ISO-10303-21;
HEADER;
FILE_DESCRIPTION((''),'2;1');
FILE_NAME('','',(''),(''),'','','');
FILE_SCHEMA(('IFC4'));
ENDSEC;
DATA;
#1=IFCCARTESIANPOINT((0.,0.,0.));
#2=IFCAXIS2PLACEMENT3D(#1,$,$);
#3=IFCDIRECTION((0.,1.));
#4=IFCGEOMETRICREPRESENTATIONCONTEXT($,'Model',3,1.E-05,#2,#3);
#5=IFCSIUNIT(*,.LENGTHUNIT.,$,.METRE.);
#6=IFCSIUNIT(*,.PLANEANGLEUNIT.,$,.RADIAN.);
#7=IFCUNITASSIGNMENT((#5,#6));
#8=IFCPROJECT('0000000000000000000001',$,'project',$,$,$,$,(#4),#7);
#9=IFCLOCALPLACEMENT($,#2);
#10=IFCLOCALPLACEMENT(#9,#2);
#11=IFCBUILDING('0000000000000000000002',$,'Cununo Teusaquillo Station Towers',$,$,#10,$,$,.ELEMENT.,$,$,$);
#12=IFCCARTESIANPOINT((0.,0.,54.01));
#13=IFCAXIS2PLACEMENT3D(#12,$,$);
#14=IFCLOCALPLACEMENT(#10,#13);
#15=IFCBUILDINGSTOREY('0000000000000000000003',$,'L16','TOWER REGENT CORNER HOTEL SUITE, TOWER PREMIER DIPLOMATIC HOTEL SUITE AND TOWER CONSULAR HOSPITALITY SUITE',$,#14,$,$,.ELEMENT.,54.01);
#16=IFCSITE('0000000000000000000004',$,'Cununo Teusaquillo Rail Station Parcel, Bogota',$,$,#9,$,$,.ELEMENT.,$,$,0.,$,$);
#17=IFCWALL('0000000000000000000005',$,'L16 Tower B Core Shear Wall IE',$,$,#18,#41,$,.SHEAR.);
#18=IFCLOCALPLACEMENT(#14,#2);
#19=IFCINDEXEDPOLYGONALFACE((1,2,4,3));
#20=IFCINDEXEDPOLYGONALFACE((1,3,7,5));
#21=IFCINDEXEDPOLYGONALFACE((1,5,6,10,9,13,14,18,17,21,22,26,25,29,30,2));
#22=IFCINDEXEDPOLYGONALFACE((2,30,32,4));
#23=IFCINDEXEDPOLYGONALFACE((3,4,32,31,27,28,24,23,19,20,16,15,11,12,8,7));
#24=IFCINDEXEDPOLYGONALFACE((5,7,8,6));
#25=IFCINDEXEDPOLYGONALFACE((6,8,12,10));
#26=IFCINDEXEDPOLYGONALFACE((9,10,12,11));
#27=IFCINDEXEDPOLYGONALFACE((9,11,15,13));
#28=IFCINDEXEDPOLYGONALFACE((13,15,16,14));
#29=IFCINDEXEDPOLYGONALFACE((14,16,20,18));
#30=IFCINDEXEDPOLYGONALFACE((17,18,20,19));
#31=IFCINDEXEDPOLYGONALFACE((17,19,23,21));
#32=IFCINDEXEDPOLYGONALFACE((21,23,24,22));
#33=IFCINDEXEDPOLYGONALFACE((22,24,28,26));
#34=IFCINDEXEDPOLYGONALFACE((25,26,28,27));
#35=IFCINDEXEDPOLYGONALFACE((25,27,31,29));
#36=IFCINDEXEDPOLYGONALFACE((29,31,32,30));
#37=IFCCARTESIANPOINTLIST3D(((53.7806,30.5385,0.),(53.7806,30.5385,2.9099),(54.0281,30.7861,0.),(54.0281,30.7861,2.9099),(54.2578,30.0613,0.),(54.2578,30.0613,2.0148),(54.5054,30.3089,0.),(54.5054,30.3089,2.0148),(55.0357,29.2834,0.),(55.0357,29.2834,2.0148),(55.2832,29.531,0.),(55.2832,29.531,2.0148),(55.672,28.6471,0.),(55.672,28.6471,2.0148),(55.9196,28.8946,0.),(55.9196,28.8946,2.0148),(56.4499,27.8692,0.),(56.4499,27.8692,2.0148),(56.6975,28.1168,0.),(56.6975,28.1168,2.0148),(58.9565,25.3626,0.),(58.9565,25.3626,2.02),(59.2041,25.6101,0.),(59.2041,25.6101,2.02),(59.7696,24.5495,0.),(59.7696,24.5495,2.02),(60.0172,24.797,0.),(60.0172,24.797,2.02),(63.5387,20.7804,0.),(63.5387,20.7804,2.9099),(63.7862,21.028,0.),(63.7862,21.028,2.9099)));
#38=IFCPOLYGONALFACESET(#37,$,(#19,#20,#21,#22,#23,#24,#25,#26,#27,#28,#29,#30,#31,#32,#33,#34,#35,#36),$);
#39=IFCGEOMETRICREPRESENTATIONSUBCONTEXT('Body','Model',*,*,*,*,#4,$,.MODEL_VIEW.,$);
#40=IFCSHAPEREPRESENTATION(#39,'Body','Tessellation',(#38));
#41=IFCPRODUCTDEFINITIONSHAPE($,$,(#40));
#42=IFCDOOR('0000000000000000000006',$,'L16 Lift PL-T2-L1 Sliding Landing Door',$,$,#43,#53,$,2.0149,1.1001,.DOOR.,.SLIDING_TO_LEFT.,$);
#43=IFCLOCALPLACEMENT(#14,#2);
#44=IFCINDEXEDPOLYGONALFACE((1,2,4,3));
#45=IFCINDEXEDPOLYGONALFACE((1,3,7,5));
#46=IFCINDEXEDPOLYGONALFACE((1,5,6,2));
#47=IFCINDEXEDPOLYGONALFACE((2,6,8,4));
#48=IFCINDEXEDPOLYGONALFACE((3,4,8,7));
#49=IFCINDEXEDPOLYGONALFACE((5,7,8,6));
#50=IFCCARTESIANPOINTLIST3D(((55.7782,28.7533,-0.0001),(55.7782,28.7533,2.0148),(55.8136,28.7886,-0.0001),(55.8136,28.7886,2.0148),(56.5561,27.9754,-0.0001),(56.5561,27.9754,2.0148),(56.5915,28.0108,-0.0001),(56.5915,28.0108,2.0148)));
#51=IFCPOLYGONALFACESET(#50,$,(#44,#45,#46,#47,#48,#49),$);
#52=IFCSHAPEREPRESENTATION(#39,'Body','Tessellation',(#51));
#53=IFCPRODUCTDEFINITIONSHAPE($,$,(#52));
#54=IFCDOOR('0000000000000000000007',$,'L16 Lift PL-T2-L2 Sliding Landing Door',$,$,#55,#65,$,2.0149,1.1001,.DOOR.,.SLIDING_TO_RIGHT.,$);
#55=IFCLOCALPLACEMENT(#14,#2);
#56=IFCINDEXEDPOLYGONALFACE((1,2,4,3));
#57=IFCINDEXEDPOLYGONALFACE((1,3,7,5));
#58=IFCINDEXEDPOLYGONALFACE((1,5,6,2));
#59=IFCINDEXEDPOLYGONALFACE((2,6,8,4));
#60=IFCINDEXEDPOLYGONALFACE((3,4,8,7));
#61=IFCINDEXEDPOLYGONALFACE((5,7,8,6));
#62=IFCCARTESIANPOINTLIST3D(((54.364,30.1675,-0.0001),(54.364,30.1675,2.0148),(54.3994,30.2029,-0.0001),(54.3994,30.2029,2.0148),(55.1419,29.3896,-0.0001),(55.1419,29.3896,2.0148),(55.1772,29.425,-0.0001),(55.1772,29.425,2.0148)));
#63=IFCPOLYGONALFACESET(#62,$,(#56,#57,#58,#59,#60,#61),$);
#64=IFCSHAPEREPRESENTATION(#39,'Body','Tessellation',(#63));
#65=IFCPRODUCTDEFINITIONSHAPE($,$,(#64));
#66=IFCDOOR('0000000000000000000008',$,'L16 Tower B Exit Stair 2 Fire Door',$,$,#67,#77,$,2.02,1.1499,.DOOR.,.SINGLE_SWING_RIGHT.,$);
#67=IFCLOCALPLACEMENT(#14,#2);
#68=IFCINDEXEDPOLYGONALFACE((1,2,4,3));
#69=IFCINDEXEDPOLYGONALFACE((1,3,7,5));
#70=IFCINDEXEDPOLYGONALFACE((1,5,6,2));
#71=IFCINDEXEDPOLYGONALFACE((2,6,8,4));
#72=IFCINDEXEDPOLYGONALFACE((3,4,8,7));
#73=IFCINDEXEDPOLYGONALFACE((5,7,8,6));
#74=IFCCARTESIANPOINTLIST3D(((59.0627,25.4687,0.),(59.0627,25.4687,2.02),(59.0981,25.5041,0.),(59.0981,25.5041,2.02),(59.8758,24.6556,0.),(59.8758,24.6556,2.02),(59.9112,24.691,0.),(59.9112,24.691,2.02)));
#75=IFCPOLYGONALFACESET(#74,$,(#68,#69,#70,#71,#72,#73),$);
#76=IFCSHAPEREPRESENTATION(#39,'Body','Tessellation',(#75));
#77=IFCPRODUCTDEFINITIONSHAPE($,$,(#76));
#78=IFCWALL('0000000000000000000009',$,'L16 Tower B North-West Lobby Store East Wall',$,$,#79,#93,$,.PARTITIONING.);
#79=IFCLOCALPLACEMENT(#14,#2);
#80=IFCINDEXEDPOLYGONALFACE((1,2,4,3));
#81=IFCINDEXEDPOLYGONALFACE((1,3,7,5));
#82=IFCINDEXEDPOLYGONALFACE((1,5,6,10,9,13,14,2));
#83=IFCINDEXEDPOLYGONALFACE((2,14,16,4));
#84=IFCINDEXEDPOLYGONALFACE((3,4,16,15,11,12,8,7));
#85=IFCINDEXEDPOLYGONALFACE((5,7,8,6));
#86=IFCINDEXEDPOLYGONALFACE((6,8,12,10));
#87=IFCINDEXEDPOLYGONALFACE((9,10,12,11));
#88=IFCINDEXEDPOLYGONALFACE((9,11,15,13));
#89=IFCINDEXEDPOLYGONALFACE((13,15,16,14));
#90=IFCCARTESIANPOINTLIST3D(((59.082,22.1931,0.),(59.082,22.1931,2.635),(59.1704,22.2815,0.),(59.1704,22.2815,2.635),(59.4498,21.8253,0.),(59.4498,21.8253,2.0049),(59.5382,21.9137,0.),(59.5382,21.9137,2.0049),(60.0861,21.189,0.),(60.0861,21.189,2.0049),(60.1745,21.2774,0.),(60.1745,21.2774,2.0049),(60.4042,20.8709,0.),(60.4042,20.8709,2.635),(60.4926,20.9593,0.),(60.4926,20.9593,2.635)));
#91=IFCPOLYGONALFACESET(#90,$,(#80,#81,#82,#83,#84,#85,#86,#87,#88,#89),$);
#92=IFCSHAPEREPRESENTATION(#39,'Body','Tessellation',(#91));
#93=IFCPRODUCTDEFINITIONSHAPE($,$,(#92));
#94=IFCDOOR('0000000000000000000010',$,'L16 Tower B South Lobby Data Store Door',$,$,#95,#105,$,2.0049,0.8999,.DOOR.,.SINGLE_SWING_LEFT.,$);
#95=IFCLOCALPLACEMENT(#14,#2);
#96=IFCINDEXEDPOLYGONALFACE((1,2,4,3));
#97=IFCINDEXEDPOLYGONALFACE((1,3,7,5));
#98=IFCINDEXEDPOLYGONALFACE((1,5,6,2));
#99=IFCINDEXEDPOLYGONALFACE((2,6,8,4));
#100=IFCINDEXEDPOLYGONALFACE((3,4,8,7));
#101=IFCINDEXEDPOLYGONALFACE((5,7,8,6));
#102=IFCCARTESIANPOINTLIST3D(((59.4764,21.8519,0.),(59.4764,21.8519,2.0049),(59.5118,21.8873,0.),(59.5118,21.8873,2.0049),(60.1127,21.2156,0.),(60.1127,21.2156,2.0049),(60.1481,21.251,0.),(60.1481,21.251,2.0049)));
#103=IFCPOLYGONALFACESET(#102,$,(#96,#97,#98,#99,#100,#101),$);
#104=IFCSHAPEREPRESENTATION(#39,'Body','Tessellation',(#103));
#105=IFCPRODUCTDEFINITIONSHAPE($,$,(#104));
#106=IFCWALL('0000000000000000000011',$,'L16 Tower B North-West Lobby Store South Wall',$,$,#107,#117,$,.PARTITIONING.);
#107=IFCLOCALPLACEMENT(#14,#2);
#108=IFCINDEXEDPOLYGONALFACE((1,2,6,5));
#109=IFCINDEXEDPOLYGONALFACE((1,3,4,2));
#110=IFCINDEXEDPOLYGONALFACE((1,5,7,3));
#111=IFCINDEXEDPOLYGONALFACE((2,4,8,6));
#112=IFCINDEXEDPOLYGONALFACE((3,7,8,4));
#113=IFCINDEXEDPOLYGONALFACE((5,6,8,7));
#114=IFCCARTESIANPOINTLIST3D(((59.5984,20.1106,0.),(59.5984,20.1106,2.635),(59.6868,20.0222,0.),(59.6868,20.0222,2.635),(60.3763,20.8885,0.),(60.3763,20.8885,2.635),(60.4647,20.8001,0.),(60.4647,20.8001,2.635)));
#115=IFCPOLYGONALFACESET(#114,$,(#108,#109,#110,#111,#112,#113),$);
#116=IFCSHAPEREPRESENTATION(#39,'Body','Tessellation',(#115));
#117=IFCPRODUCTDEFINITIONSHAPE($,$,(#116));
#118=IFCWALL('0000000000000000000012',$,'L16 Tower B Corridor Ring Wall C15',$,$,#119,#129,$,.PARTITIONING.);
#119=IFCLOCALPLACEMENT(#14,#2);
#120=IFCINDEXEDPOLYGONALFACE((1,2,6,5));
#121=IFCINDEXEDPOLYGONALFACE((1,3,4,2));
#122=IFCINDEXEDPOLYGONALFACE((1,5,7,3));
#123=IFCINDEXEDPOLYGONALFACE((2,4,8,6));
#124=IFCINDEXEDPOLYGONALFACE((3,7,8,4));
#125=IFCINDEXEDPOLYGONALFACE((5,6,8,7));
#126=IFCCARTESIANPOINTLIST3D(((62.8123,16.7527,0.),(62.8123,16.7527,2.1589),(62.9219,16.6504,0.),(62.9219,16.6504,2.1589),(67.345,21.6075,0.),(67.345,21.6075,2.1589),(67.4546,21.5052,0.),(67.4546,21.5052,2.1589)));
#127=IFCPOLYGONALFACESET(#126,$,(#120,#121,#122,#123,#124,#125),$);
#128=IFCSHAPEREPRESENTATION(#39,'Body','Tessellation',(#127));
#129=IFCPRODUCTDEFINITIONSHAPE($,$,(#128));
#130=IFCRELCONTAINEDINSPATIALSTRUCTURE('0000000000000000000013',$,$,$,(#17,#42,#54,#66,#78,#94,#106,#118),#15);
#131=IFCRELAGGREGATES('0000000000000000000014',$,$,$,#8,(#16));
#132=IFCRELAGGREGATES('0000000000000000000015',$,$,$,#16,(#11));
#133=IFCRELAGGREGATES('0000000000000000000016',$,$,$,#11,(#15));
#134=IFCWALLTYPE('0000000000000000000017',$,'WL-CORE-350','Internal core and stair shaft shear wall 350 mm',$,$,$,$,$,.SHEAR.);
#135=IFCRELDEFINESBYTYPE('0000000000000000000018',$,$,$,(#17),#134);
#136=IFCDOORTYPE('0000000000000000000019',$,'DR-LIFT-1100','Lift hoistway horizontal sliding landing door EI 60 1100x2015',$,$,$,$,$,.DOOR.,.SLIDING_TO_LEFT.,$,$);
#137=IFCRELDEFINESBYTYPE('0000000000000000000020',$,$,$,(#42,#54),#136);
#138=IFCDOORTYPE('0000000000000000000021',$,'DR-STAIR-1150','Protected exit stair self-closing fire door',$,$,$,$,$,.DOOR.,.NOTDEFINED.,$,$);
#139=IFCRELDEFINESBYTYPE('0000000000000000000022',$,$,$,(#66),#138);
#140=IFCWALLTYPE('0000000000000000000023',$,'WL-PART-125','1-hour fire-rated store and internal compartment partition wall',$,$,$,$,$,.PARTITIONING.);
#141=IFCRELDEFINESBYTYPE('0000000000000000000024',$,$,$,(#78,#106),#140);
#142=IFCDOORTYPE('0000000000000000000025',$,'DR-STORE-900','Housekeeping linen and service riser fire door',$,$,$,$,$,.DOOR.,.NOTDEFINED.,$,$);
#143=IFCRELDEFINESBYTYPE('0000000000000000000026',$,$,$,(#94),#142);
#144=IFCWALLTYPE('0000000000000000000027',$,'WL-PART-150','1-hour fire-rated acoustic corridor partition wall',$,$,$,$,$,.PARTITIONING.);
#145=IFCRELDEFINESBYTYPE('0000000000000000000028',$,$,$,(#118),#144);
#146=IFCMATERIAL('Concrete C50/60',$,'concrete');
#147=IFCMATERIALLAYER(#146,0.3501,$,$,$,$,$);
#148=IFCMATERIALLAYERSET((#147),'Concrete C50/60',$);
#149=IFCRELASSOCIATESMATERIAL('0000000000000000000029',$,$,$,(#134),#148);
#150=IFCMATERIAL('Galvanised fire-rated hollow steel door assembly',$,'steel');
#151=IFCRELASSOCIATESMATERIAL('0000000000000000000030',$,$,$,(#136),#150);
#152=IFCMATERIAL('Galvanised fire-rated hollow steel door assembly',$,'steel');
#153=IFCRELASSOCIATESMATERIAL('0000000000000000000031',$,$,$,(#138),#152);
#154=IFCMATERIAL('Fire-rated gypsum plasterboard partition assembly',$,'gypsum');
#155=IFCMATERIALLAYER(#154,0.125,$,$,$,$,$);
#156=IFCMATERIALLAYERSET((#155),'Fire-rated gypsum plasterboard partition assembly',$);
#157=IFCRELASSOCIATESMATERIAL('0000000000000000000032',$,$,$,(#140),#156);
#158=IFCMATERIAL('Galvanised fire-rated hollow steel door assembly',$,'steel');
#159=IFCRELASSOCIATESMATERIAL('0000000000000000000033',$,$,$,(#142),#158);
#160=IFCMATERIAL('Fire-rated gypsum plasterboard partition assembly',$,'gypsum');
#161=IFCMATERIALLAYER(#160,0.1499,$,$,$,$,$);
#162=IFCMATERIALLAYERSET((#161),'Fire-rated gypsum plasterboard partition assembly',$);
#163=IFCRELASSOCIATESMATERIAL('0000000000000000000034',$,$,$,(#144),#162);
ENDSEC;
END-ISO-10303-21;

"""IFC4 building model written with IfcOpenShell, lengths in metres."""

from ifc_helpers import new_model, si_unit, direction, frame, frame_2d, origin, place, context, subcontext, project, spatial, rectangle, extrude, source, transform, mapped, material, layer, layer_set, type_object, element, fill, save


model = new_model("IFC4")

# Units and contexts
model_context = context("Model", 3, precision=1e-05, world=origin(), true_north=direction((0.0, 1.0)))
body_context = subcontext(model_context, "Body", "Model", "MODEL_VIEW")
ifc_project = project(units=[si_unit("LENGTHUNIT", "METRE"), si_unit("PLANEANGLEUNIT", "RADIAN")], contexts=[model_context])

# Site, building, storey
site_placement = place(None, origin())
site = spatial("IfcSite", under=ifc_project, at=site_placement, Name="Cununo Teusaquillo Rail Station Parcel, Bogota", CompositionType="ELEMENT", RefElevation=0.0)
building_placement = place(site_placement, origin())
building = spatial("IfcBuilding", under=site, at=building_placement, Name="Cununo Teusaquillo Station Towers", CompositionType="ELEMENT")
storey_placement = place(building_placement, frame((0.0, 0.0, 54.01)))
storey = spatial("IfcBuildingStorey", under=building, at=storey_placement, Name="L16", Description="TOWER REGENT CORNER HOTEL SUITE, TOWER PREMIER DIPLOMATIC HOTEL SUITE AND TOWER CONSULAR HOSPITALITY SUITE", CompositionType="ELEMENT", Elevation=54.01)

# Wall, openings, doors
ifc_material_1 = material(Name="Concrete C50/60", Category="concrete")
ifc_layer_1 = layer(ifc_material_1, 0.3501)
ifc_layer_set_1 = layer_set([ifc_layer_1], Name="Concrete C50/60")
wall_type_1 = type_object("IfcWallType", Name="WL-CORE-350", Description="Internal core and stair shaft shear wall 350 mm", PredefinedType="SHEAR", material=ifc_layer_set_1)
shared_shape_1 = source(origin(), body_context, "Body", "SweptSolid", [
    extrude(rectangle(XDim=1.1001, YDim=2.0149, at=frame_2d((0.55, 1.0073))), frame((0.0, 0.1851, 0.0), z_axis=(0.0, -1.0, 0.0), x_axis=(1.0, 0.0, 0.0)), (0.0, 0.0, 1.0), 0.3701),
])
shared_shape_2 = source(origin(), body_context, "Body", "SweptSolid", [
    extrude(rectangle(XDim=1.1499, YDim=2.02, at=frame_2d((0.575, 1.01))), frame((0.0, 0.1851, 0.0), z_axis=(0.0, -1.0, 0.0), x_axis=(1.0, 0.0, 0.0)), (0.0, 0.0, 1.0), 0.3701),
])
ifc_material_2 = material(Name="Galvanised fire-rated hollow steel door assembly", Category="steel")
door_type_1 = type_object("IfcDoorType", Name="DR-LIFT-1100", Description="Lift hoistway horizontal sliding landing door EI 60 1100x2015", OperationType="SLIDING_TO_LEFT", PredefinedType="DOOR", material=ifc_material_2)
shared_shape_3 = source(origin(), body_context, "Body", "SweptSolid", [
    extrude(rectangle(XDim=1.1001, YDim=2.0149, at=frame_2d((0.55, 1.0073))), frame((0.0, 0.0249, 0.0), z_axis=(0.0, -1.0, 0.0), x_axis=(1.0, 0.0, 0.0)), (0.0, 0.0, 1.0), 0.05),
])
ifc_material_3 = material(Name="Galvanised fire-rated hollow steel door assembly", Category="steel")
door_type_2 = type_object("IfcDoorType", Name="DR-STAIR-1150", Description="Protected exit stair self-closing fire door", OperationType="NOTDEFINED", PredefinedType="DOOR", material=ifc_material_3)
shared_shape_4 = source(origin(), body_context, "Body", "SweptSolid", [
    extrude(rectangle(XDim=1.1499, YDim=2.02, at=frame_2d((0.575, 1.01))), frame((0.0, 0.0249, 0.0), z_axis=(0.0, -1.0, 0.0), x_axis=(1.0, 0.0, 0.0)), (0.0, 0.0, 1.0), 0.05),
])
wall_1_placement = place(storey_placement, frame((63.6624, 20.9043, 0.0), z_axis=(0.0, 0.0, 1.0), x_axis=(-0.707107, 0.707107, 0.0)))
wall_1 = element("IfcWall", 1, at=wall_1_placement, inside=storey, type_object=wall_type_1, Name="L16 Tower B Core Shear Wall IE", PredefinedType="SHEAR", context=body_context, shape_type="SweptSolid", body=[
    extrude(rectangle(XDim=13.8, YDim=0.3501, at=frame_2d((6.8999, 0.0))), origin(), (0.0, 0.0, 1.0), 2.9099),
])
opening_1_placement = place(wall_1_placement, frame((10.0249, 0.0, 0.0)))
opening_1 = element("IfcOpeningElement", 2, at=opening_1_placement, cuts=wall_1, PredefinedType="OPENING", context=body_context, shape_type="MappedRepresentation", body=[
    mapped(shared_shape_1, transform((0.0, 0.0, 0.0), x_axis=(1.0, 0.0, 0.0), y_axis=(0.0, 1.0, 0.0), z_axis=(0.0, 0.0, 1.0), scale=1.0)),
])
opening_2_placement = place(wall_1_placement, frame((12.0249, 0.0, 0.0)))
opening_2 = element("IfcOpeningElement", 3, at=opening_2_placement, cuts=wall_1, PredefinedType="OPENING", context=body_context, shape_type="MappedRepresentation", body=[
    mapped(shared_shape_1, transform((0.0, 0.0, 0.0), x_axis=(1.0, 0.0, 0.0), y_axis=(0.0, 1.0, 0.0), z_axis=(0.0, 0.0, 1.0), scale=1.0)),
])
opening_3_placement = place(wall_1_placement, frame((5.3301, 0.0, 0.0)))
opening_3 = element("IfcOpeningElement", 4, at=opening_3_placement, cuts=wall_1, PredefinedType="OPENING", context=body_context, shape_type="MappedRepresentation", body=[
    mapped(shared_shape_2, transform((0.0, 0.0, 0.0), x_axis=(1.0, 0.0, 0.0), y_axis=(0.0, 1.0, 0.0), z_axis=(0.0, 0.0, 1.0), scale=1.0)),
])
door_1_placement = place(opening_1_placement, origin())
door_1 = element("IfcDoor", 5, at=door_1_placement, inside=storey, type_object=door_type_1, Name="L16 Lift PL-T2-L1 Sliding Landing Door", OperationType="SLIDING_TO_LEFT", OverallHeight=2.0149, OverallWidth=1.1001, PredefinedType="DOOR", context=body_context, shape_type="MappedRepresentation", body=[
    mapped(shared_shape_3, transform((0.0, 0.0, 0.0), x_axis=(1.0, 0.0, 0.0), y_axis=(0.0, 1.0, 0.0), z_axis=(0.0, 0.0, 1.0), scale=1.0)),
])
fill(opening_1, door_1)
door_2_placement = place(opening_2_placement, origin())
door_2 = element("IfcDoor", 6, at=door_2_placement, inside=storey, type_object=door_type_1, Name="L16 Lift PL-T2-L2 Sliding Landing Door", OperationType="SLIDING_TO_RIGHT", OverallHeight=2.0149, OverallWidth=1.1001, PredefinedType="DOOR", context=body_context, shape_type="MappedRepresentation", body=[
    mapped(shared_shape_3, transform((0.0, 0.0, 0.0), x_axis=(1.0, 0.0, 0.0), y_axis=(0.0, 1.0, 0.0), z_axis=(0.0, 0.0, 1.0), scale=1.0)),
])
fill(opening_2, door_2)
door_3_placement = place(opening_3_placement, origin())
door_3 = element("IfcDoor", 7, at=door_3_placement, inside=storey, type_object=door_type_2, Name="L16 Tower B Exit Stair 2 Fire Door", OperationType="SINGLE_SWING_RIGHT", OverallHeight=2.02, OverallWidth=1.1499, PredefinedType="DOOR", context=body_context, shape_type="MappedRepresentation", body=[
    mapped(shared_shape_4, transform((0.0, 0.0, 0.0), x_axis=(1.0, 0.0, 0.0), y_axis=(0.0, 1.0, 0.0), z_axis=(0.0, 0.0, 1.0), scale=1.0)),
])
fill(opening_3, door_3)

# Wall, opening, door
ifc_material_4 = material(Name="Fire-rated gypsum plasterboard partition assembly", Category="gypsum")
ifc_layer_2 = layer(ifc_material_4, 0.125)
ifc_layer_set_2 = layer_set([ifc_layer_2], Name="Fire-rated gypsum plasterboard partition assembly")
wall_type_2 = type_object("IfcWallType", Name="WL-PART-125", Description="1-hour fire-rated store and internal compartment partition wall", PredefinedType="PARTITIONING", material=ifc_layer_set_2)
wall_2_placement = place(storey_placement, frame((60.4485, 20.915, 0.0), z_axis=(0.0, 0.0, 1.0), x_axis=(-0.707107, 0.707107, 0.0)))
wall_2 = element("IfcWall", 8, at=wall_2_placement, inside=storey, type_object=wall_type_2, Name="L16 Tower B North-West Lobby Store East Wall", PredefinedType="PARTITIONING", context=body_context, shape_type="SweptSolid", body=[
    extrude(rectangle(XDim=1.8699, YDim=0.125, at=frame_2d((0.9351, 0.0))), origin(), (0.0, 0.0, 1.0), 2.635),
])
shared_shape_5 = source(origin(), body_context, "Body", "SweptSolid", [
    extrude(rectangle(XDim=0.8999, YDim=2.0049, at=frame_2d((0.45, 1.0024))), frame((0.0, 0.0725, 0.0), z_axis=(0.0, -1.0, 0.0), x_axis=(1.0, 0.0, 0.0)), (0.0, 0.0, 1.0), 0.145),
])
opening_4_placement = place(wall_2_placement, frame((0.45, 0.0, 0.0)))
opening_4 = element("IfcOpeningElement", 9, at=opening_4_placement, cuts=wall_2, PredefinedType="OPENING", context=body_context, shape_type="MappedRepresentation", body=[
    mapped(shared_shape_5, transform((0.0, 0.0, 0.0), x_axis=(1.0, 0.0, 0.0), y_axis=(0.0, 1.0, 0.0), z_axis=(0.0, 0.0, 1.0), scale=1.0)),
])
ifc_material_5 = material(Name="Galvanised fire-rated hollow steel door assembly", Category="steel")
door_type_3 = type_object("IfcDoorType", Name="DR-STORE-900", Description="Housekeeping linen and service riser fire door", OperationType="NOTDEFINED", PredefinedType="DOOR", material=ifc_material_5)
shared_shape_6 = source(origin(), body_context, "Body", "SweptSolid", [
    extrude(rectangle(XDim=0.8999, YDim=2.0049, at=frame_2d((0.45, 1.0024))), frame((0.0, 0.0249, 0.0), z_axis=(0.0, -1.0, 0.0), x_axis=(1.0, 0.0, 0.0)), (0.0, 0.0, 1.0), 0.05),
])
door_4_placement = place(opening_4_placement, origin())
door_4 = element("IfcDoor", 10, at=door_4_placement, inside=storey, type_object=door_type_3, Name="L16 Tower B South Lobby Data Store Door", OperationType="SINGLE_SWING_LEFT", OverallHeight=2.0049, OverallWidth=0.8999, PredefinedType="DOOR", context=body_context, shape_type="MappedRepresentation", body=[
    mapped(shared_shape_6, transform((0.0, 0.0, 0.0), x_axis=(1.0, 0.0, 0.0), y_axis=(0.0, 1.0, 0.0), z_axis=(0.0, 0.0, 1.0), scale=1.0)),
])
fill(opening_4, door_4)

# Walls
wall_3_placement = place(storey_placement, frame((59.6426, 20.0664, 0.0), z_axis=(0.0, 0.0, 1.0), x_axis=(0.707107, 0.707107, 0.0)))
element("IfcWall", 11, at=wall_3_placement, inside=storey, type_object=wall_type_2, Name="L16 Tower B North-West Lobby Store South Wall", PredefinedType="PARTITIONING", context=body_context, shape_type="SweptSolid", body=[
    extrude(rectangle(XDim=1.1001, YDim=0.125, at=frame_2d((0.55, 0.0))), origin(), (0.0, 0.0, 1.0), 2.635),
])
ifc_material_6 = material(Name="Fire-rated gypsum plasterboard partition assembly", Category="gypsum")
ifc_layer_3 = layer(ifc_material_6, 0.1499)
ifc_layer_set_3 = layer_set([ifc_layer_3], Name="Fire-rated gypsum plasterboard partition assembly")
wall_type_3 = type_object("IfcWallType", Name="WL-PART-150", Description="1-hour fire-rated acoustic corridor partition wall", PredefinedType="PARTITIONING", material=ifc_layer_set_3)
wall_4_placement = place(storey_placement, frame((62.8672, 16.7017, 0.0), z_axis=(0.0, 0.0, 1.0), x_axis=(0.682449, 0.730933, 0.0)))
element("IfcWall", 12, at=wall_4_placement, inside=storey, type_object=wall_type_3, Name="L16 Tower B Corridor Ring Wall C15", PredefinedType="PARTITIONING", context=body_context, shape_type="SweptSolid", body=[
    extrude(rectangle(XDim=6.6418, YDim=0.1499, at=frame_2d((3.3208, 0.0))), origin(), (0.0, 0.0, 1.0), 2.1589),
])

save(model, "model.ifc")
